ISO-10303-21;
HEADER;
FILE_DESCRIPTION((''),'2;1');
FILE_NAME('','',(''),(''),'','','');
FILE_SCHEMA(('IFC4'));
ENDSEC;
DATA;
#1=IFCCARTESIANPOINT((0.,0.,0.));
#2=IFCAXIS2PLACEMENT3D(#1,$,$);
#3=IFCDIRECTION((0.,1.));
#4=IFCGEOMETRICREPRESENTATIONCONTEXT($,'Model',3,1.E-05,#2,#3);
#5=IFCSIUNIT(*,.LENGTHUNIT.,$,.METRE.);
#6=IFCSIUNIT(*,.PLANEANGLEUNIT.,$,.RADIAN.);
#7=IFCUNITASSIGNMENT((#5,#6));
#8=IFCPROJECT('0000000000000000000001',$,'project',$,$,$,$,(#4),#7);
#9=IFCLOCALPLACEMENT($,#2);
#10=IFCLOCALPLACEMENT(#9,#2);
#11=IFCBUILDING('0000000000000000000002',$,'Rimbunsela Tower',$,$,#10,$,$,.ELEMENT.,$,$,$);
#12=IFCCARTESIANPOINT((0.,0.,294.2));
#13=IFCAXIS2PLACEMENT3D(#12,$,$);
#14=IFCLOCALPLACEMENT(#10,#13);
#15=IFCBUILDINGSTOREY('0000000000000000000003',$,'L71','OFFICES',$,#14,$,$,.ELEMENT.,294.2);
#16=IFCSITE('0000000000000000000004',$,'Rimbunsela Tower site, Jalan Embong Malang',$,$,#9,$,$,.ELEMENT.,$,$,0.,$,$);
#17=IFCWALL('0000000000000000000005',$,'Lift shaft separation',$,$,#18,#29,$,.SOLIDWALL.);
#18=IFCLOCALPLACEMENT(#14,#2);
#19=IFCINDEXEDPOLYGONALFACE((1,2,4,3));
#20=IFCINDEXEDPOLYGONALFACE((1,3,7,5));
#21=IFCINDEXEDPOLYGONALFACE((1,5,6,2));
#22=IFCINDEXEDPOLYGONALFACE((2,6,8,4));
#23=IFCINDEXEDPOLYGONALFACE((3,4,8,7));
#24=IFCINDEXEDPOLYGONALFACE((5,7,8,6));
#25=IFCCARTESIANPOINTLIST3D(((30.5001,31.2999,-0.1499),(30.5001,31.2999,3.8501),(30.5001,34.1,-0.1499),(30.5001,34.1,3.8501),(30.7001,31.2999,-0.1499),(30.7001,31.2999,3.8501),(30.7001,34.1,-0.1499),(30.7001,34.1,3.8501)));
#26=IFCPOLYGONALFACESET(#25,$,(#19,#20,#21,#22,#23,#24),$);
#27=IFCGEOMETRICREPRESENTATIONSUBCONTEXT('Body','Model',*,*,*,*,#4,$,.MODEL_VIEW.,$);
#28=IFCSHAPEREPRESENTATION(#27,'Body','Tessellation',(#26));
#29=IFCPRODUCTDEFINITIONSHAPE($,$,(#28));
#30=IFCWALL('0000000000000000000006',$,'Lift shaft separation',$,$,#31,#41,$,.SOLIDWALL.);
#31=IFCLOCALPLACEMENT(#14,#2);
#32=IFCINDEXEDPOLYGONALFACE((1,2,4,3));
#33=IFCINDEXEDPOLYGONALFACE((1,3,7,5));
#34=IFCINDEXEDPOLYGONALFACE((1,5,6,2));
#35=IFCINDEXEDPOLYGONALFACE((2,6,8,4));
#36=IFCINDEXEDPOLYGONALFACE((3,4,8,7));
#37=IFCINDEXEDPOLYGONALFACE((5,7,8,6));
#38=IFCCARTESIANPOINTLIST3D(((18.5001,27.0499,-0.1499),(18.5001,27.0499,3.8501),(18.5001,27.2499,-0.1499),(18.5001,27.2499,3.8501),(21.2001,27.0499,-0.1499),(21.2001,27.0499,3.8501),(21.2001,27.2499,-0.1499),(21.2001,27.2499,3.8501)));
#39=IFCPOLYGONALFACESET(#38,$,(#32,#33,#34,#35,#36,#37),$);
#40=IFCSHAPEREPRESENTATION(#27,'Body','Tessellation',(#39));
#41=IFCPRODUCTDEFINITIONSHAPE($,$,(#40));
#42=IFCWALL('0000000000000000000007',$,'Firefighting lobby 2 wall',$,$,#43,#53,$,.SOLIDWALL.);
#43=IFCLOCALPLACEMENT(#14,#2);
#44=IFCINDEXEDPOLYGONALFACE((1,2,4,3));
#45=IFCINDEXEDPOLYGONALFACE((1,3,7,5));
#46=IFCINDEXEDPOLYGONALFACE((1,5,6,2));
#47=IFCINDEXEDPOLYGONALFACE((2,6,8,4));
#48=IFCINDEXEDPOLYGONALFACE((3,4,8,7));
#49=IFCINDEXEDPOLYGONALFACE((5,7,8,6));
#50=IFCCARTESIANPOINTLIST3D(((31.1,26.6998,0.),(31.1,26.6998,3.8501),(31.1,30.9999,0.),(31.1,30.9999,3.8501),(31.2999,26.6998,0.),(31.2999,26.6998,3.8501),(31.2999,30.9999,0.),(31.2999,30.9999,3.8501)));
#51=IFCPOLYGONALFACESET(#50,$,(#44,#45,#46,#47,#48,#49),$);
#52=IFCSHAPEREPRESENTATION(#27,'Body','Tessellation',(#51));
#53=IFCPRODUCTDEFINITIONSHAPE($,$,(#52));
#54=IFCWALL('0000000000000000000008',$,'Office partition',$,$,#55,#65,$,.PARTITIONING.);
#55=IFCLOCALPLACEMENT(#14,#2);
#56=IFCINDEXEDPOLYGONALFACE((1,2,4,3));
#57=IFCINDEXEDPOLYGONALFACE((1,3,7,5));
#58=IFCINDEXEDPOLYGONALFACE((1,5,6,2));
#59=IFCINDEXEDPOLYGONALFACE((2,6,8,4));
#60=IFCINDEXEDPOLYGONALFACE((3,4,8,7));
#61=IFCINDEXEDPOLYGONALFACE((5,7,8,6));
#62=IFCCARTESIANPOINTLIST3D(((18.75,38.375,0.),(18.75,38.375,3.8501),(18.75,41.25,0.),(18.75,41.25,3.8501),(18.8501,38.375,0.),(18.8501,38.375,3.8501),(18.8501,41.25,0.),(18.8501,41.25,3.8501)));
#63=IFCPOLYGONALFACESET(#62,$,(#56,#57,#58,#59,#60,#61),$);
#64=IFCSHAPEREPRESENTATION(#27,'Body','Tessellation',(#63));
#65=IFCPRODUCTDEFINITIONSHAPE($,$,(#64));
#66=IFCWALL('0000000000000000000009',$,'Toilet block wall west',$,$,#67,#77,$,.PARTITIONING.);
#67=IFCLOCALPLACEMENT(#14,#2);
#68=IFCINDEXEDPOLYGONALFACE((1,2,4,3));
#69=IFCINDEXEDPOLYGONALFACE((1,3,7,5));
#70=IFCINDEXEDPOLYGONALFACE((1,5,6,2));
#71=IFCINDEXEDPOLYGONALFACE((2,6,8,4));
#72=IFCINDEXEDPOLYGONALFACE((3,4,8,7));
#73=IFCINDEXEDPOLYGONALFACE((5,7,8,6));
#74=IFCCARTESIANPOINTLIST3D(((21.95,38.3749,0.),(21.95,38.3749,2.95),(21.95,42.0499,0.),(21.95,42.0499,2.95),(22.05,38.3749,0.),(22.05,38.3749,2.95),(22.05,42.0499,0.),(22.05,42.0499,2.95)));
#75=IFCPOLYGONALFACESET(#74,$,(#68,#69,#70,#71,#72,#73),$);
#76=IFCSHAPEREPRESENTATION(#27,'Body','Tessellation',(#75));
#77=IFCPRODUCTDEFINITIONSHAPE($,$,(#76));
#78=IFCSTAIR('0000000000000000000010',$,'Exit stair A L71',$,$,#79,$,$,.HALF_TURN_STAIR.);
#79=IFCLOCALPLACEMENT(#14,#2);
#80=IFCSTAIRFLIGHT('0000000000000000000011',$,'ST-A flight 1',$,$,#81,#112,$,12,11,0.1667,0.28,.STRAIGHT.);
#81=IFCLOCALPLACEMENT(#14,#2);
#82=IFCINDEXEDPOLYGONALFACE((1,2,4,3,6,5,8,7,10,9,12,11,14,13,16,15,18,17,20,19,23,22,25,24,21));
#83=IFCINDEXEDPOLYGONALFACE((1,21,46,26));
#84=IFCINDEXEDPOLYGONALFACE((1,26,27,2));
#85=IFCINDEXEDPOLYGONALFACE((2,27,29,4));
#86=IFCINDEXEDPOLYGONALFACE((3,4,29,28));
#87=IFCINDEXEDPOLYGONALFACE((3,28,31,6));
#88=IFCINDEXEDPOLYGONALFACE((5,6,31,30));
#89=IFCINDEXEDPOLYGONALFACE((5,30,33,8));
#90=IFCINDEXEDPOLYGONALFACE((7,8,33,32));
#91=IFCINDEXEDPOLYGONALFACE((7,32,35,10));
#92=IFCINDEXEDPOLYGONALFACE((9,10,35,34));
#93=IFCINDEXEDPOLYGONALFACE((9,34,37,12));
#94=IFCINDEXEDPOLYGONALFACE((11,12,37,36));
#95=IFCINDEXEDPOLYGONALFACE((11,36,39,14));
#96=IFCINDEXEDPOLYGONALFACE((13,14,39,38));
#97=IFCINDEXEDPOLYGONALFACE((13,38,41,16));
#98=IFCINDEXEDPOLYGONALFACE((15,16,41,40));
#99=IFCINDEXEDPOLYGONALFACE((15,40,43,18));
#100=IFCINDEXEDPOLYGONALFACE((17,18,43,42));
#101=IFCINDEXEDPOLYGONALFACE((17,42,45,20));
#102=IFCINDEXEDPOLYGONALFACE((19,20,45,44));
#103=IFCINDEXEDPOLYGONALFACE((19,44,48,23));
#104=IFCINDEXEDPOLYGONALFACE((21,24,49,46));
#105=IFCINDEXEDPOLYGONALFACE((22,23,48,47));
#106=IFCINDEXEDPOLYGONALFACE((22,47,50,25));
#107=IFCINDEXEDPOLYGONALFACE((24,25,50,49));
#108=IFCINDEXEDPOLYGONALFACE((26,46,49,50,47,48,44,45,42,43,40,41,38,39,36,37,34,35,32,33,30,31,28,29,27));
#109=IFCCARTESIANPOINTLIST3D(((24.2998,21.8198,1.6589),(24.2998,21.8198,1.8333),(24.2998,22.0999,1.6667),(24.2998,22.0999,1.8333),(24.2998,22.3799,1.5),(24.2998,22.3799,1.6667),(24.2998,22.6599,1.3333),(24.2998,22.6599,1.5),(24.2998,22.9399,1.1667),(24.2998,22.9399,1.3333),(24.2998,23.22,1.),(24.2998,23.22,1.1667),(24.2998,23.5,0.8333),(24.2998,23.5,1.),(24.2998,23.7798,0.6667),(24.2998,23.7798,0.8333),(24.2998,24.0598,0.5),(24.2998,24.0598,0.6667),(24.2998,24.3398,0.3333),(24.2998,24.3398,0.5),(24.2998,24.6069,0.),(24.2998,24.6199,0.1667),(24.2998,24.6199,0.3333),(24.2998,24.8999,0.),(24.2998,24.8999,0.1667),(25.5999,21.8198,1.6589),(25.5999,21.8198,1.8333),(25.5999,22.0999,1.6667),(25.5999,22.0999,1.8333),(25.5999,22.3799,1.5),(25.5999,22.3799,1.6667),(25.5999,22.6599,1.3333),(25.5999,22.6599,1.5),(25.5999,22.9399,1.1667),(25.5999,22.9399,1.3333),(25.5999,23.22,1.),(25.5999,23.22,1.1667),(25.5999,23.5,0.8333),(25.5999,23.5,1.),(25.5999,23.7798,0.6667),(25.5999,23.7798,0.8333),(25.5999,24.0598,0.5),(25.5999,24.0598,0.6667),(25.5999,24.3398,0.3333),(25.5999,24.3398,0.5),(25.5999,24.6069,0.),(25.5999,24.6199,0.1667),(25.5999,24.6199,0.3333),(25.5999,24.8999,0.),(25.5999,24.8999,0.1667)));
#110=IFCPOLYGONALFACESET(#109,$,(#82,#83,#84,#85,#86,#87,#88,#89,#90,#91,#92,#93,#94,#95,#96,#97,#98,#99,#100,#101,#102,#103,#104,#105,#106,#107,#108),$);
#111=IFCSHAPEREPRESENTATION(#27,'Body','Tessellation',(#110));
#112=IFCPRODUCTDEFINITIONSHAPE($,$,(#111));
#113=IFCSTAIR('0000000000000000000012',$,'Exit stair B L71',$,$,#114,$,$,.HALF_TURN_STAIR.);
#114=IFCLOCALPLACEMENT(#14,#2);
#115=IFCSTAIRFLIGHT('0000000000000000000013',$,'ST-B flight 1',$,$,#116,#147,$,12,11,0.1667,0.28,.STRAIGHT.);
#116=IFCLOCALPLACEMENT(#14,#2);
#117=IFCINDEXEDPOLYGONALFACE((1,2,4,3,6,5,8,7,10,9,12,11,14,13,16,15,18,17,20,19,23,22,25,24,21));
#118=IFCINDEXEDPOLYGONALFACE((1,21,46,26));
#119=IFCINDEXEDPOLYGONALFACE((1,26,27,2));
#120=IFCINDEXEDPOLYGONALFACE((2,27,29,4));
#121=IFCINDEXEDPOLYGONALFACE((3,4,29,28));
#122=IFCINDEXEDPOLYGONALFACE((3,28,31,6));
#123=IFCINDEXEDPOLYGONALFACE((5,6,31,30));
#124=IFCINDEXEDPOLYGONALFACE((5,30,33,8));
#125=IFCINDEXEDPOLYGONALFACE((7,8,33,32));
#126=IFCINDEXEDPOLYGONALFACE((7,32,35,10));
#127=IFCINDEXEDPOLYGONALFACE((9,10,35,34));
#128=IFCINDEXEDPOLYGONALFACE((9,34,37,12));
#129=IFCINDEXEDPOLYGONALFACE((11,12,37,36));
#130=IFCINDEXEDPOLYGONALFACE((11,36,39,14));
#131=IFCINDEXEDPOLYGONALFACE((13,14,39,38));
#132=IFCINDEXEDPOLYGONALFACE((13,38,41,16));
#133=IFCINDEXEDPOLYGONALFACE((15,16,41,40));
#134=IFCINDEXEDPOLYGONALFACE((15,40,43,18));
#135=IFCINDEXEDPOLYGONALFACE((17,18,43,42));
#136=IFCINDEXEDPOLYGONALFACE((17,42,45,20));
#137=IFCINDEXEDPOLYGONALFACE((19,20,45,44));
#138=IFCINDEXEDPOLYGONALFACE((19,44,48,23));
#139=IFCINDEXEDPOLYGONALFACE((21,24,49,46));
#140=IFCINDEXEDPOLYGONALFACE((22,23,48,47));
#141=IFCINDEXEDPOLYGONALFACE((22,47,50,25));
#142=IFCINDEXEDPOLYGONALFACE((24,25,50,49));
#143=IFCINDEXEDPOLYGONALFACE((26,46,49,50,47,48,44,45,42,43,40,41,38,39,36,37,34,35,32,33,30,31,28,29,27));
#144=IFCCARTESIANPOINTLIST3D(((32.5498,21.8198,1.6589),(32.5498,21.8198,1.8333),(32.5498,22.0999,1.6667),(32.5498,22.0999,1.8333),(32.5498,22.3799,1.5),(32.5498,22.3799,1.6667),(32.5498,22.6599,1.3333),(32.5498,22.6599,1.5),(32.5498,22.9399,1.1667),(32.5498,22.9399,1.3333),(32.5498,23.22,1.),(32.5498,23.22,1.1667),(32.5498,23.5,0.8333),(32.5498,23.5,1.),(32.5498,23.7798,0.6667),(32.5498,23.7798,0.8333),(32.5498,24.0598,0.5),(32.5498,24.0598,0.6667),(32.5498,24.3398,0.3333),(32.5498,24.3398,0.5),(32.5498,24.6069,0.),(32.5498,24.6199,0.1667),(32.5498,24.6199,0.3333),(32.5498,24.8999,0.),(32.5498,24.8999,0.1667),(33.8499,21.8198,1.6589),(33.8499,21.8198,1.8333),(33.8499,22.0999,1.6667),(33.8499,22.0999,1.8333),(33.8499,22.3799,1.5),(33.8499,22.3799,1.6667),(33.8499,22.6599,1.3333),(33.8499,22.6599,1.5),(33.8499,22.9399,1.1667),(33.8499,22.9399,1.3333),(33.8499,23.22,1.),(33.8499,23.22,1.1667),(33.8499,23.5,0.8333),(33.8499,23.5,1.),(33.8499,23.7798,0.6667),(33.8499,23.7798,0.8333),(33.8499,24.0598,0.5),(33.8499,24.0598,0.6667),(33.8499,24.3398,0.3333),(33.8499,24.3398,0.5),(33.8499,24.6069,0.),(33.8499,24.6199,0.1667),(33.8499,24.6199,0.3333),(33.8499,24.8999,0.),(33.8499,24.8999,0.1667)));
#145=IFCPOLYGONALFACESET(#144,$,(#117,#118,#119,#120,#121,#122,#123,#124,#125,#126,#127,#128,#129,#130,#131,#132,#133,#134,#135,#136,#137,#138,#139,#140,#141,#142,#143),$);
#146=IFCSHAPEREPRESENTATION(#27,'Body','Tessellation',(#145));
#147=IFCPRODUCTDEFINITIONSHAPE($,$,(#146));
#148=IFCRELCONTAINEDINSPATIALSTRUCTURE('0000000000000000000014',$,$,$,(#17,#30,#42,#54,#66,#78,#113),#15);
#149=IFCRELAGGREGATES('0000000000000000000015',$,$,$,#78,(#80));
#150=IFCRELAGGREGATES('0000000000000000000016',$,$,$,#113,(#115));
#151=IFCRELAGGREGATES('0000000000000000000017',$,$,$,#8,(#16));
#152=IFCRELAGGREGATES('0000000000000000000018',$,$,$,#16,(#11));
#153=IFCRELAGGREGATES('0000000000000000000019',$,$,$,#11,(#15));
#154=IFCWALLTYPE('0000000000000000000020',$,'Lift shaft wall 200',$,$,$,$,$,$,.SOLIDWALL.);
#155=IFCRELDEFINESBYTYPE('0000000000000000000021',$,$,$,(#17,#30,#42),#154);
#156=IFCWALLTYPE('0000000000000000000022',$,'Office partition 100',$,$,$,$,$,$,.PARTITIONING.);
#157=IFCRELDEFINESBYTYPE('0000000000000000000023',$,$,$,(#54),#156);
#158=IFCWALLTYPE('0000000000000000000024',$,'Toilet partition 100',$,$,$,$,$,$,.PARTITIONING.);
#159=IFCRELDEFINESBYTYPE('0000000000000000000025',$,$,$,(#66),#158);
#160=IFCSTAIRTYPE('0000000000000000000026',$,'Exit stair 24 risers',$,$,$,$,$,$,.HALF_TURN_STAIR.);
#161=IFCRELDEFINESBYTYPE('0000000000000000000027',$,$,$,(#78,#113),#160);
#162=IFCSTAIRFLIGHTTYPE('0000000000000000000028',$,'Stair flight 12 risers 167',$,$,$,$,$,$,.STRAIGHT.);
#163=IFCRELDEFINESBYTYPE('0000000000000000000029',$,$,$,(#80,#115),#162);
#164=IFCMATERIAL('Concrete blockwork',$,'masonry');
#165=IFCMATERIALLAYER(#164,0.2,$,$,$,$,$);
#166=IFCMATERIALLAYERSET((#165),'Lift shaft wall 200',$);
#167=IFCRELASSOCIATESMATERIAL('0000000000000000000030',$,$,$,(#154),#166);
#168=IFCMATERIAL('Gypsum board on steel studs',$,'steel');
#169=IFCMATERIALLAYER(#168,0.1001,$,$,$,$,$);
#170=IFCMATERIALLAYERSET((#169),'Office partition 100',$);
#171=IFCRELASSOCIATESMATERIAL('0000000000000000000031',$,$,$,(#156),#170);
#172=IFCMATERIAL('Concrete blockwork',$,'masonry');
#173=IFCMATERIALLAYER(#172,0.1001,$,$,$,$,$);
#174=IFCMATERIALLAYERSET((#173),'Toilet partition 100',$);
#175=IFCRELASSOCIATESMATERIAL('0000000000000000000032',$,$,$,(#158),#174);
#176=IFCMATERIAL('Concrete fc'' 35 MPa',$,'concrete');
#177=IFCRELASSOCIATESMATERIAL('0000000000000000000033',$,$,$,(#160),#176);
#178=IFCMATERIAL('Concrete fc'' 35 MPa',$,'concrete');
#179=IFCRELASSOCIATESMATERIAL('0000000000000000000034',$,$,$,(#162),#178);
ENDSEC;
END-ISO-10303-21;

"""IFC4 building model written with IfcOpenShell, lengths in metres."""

from ifc_helpers import new_model, si_unit, direction, frame, frame_2d, origin, place, context, subcontext, project, spatial, polyline, rectangle, outline, extrude, material, layer, layer_set, type_object, element, aggregate, save


model = new_model("IFC4")

# Units and contexts
model_context = context("Model", 3, precision=1e-05, world=origin(), true_north=direction((0.0, 1.0)))
body_context = subcontext(model_context, "Body", "Model", "MODEL_VIEW")
ifc_project = project(units=[si_unit("LENGTHUNIT", "METRE"), si_unit("PLANEANGLEUNIT", "RADIAN")], contexts=[model_context])

# Site, building, storey
site_placement = place(None, origin())
site = spatial("IfcSite", under=ifc_project, at=site_placement, Name="Rimbunsela Tower site, Jalan Embong Malang", CompositionType="ELEMENT", RefElevation=0.0)
building_placement = place(site_placement, origin())
building = spatial("IfcBuilding", under=site, at=building_placement, Name="Rimbunsela Tower", CompositionType="ELEMENT")
storey_placement = place(building_placement, frame((0.0, 0.0, 294.2)))
storey = spatial("IfcBuildingStorey", under=building, at=storey_placement, Name="L71", Description="OFFICES", CompositionType="ELEMENT", Elevation=294.2)

# Walls
ifc_material_1 = material(Name="Concrete blockwork", Category="masonry")
ifc_layer_1 = layer(ifc_material_1, 0.2)
ifc_layer_set_1 = layer_set([ifc_layer_1], Name="Lift shaft wall 200")
wall_type_1 = type_object("IfcWallType", Name="Lift shaft wall 200", PredefinedType="SOLIDWALL", material=ifc_layer_set_1)
wall_1_placement = place(storey_placement, frame((30.6001, 31.3, -0.1499), z_axis=(0.0, 0.0, 1.0), x_axis=(0.0, 1.0, 0.0)))
element("IfcWall", 1, at=wall_1_placement, inside=storey, type_object=wall_type_1, Name="Lift shaft separation", PredefinedType="SOLIDWALL", context=body_context, shape_type="SweptSolid", body=[
    extrude(rectangle(XDim=2.8, YDim=0.2, at=frame_2d((1.3999, 0.0))), origin(), (0.0, 0.0, 1.0), 4.0),
])
wall_2_placement = place(storey_placement, frame((18.5, 27.1499, -0.1499), z_axis=(0.0, 0.0, 1.0), x_axis=(1.0, 0.0, 0.0)))
element("IfcWall", 2, at=wall_2_placement, inside=storey, type_object=wall_type_1, Name="Lift shaft separation", PredefinedType="SOLIDWALL", context=body_context, shape_type="SweptSolid", body=[
    extrude(rectangle(XDim=2.7, YDim=0.2, at=frame_2d((1.3501, 0.0))), origin(), (0.0, 0.0, 1.0), 4.0),
])
wall_3_placement = place(storey_placement, frame((31.2, 26.7, 0.0), z_axis=(0.0, 0.0, 1.0), x_axis=(0.0, 1.0, 0.0)))
element("IfcWall", 3, at=wall_3_placement, inside=storey, type_object=wall_type_1, Name="Firefighting lobby 2 wall", PredefinedType="SOLIDWALL", context=body_context, shape_type="SweptSolid", body=[
    extrude(rectangle(XDim=4.3, YDim=0.2, at=frame_2d((2.1499, 0.0))), origin(), (0.0, 0.0, 1.0), 3.8501),
])
ifc_material_2 = material(Name="Gypsum board on steel studs", Category="steel")
ifc_layer_2 = layer(ifc_material_2, 0.1001)
ifc_layer_set_2 = layer_set([ifc_layer_2], Name="Office partition 100")
wall_type_2 = type_object("IfcWallType", Name="Office partition 100", PredefinedType="PARTITIONING", material=ifc_layer_set_2)
wall_4_placement = place(storey_placement, frame((18.8, 38.375, 0.0), z_axis=(0.0, 0.0, 1.0), x_axis=(0.0, 1.0, 0.0)))
element("IfcWall", 4, at=wall_4_placement, inside=storey, type_object=wall_type_2, Name="Office partition", PredefinedType="PARTITIONING", context=body_context, shape_type="SweptSolid", body=[
    extrude(rectangle(XDim=2.875, YDim=0.1001, at=frame_2d((1.4375, 0.0))), origin(), (0.0, 0.0, 1.0), 3.8501),
])
ifc_material_3 = material(Name="Concrete blockwork", Category="masonry")
ifc_layer_3 = layer(ifc_material_3, 0.1001)
ifc_layer_set_3 = layer_set([ifc_layer_3], Name="Toilet partition 100")
wall_type_3 = type_object("IfcWallType", Name="Toilet partition 100", PredefinedType="PARTITIONING", material=ifc_layer_set_3)
wall_5_placement = place(storey_placement, frame((22.0, 38.375, 0.0), z_axis=(0.0, 0.0, 1.0), x_axis=(0.0, 1.0, 0.0)))
element("IfcWall", 5, at=wall_5_placement, inside=storey, type_object=wall_type_3, Name="Toilet block wall west", PredefinedType="PARTITIONING", context=body_context, shape_type="SweptSolid", body=[
    extrude(rectangle(XDim=3.675, YDim=0.1001, at=frame_2d((1.8374, 0.0))), origin(), (0.0, 0.0, 1.0), 2.95),
])

# Stairs, stair flights
ifc_material_4 = material(Name="Concrete fc' 35 MPa", Category="concrete")
stair_type = type_object("IfcStairType", Name="Exit stair 24 risers", PredefinedType="HALF_TURN_STAIR", material=ifc_material_4)
stair_1_placement = place(storey_placement, origin())
stair_1 = element("IfcStair", 6, at=stair_1_placement, inside=storey, type_object=stair_type, Name="Exit stair A L71", PredefinedType="HALF_TURN_STAIR")
ifc_material_5 = material(Name="Concrete fc' 35 MPa", Category="concrete")
stair_flight_type = type_object("IfcStairFlightType", Name="Stair flight 12 risers 167", PredefinedType="STRAIGHT", material=ifc_material_5)
stair_flight_1_placement = place(storey_placement, frame((24.95, 24.8999, 0.0), z_axis=(0.0, 0.0, 1.0), x_axis=(0.0, -1.0, 0.0)))
stair_flight_1 = element("IfcStairFlight", 7, at=stair_flight_1_placement, type_object=stair_flight_type, Name="ST-A flight 1", NumberOfRisers=12, NumberOfTreads=11, PredefinedType="STRAIGHT", RiserHeight=0.1667, TreadLength=0.28, context=body_context, shape_type="SweptSolid", body=[
    extrude(outline(polyline([(0.0, 0.0), (0.0, 0.1667), (0.28, 0.1667), (0.28, 0.3333), (0.5601, 0.3333), (0.5601, 0.5), (0.8401, 0.5), (0.8401, 0.6667), (1.1201, 0.6667), (1.1201, 0.8333), (1.3999, 0.8333), (1.3999, 1.0), (1.6799, 1.0), (1.6799, 1.1667), (1.96, 1.1667), (1.96, 1.3333), (2.24, 1.3333), (2.24, 1.5), (2.52, 1.5), (2.52, 1.6667), (2.8, 1.6667), (2.8, 1.8333), (3.0801, 1.8333), (3.0801, 2.0), (3.0801, 1.6589), (0.293, 0.0), (0.0, 0.0)])), frame((0.0, 0.6499, 0.0), z_axis=(0.0, -1.0, 0.0), x_axis=(1.0, 0.0, 0.0)), (0.0, 0.0, 1.0), 1.3),
])
aggregate(stair_1, [stair_flight_1])
stair_2_placement = place(storey_placement, origin())
stair_2 = element("IfcStair", 8, at=stair_2_placement, inside=storey, type_object=stair_type, Name="Exit stair B L71", PredefinedType="HALF_TURN_STAIR")
stair_flight_2_placement = place(storey_placement, frame((33.2, 24.8999, 0.0), z_axis=(0.0, 0.0, 1.0), x_axis=(0.0, -1.0, 0.0)))
stair_flight_2 = element("IfcStairFlight", 9, at=stair_flight_2_placement, type_object=stair_flight_type, Name="ST-B flight 1", NumberOfRisers=12, NumberOfTreads=11, PredefinedType="STRAIGHT", RiserHeight=0.1667, TreadLength=0.28, context=body_context, shape_type="SweptSolid", body=[
    extrude(outline(polyline([(0.0, 0.0), (0.0, 0.1667), (0.28, 0.1667), (0.28, 0.3333), (0.5601, 0.3333), (0.5601, 0.5), (0.8401, 0.5), (0.8401, 0.6667), (1.1201, 0.6667), (1.1201, 0.8333), (1.3999, 0.8333), (1.3999, 1.0), (1.6799, 1.0), (1.6799, 1.1667), (1.96, 1.1667), (1.96, 1.3333), (2.24, 1.3333), (2.24, 1.5), (2.52, 1.5), (2.52, 1.6667), (2.8, 1.6667), (2.8, 1.8333), (3.0801, 1.8333), (3.0801, 2.0), (3.0801, 1.6589), (0.293, 0.0), (0.0, 0.0)])), frame((0.0, 0.6499, 0.0), z_axis=(0.0, -1.0, 0.0), x_axis=(1.0, 0.0, 0.0)), (0.0, 0.0, 1.0), 1.3),
])
aggregate(stair_2, [stair_flight_2])

save(model, "model.ifc")
